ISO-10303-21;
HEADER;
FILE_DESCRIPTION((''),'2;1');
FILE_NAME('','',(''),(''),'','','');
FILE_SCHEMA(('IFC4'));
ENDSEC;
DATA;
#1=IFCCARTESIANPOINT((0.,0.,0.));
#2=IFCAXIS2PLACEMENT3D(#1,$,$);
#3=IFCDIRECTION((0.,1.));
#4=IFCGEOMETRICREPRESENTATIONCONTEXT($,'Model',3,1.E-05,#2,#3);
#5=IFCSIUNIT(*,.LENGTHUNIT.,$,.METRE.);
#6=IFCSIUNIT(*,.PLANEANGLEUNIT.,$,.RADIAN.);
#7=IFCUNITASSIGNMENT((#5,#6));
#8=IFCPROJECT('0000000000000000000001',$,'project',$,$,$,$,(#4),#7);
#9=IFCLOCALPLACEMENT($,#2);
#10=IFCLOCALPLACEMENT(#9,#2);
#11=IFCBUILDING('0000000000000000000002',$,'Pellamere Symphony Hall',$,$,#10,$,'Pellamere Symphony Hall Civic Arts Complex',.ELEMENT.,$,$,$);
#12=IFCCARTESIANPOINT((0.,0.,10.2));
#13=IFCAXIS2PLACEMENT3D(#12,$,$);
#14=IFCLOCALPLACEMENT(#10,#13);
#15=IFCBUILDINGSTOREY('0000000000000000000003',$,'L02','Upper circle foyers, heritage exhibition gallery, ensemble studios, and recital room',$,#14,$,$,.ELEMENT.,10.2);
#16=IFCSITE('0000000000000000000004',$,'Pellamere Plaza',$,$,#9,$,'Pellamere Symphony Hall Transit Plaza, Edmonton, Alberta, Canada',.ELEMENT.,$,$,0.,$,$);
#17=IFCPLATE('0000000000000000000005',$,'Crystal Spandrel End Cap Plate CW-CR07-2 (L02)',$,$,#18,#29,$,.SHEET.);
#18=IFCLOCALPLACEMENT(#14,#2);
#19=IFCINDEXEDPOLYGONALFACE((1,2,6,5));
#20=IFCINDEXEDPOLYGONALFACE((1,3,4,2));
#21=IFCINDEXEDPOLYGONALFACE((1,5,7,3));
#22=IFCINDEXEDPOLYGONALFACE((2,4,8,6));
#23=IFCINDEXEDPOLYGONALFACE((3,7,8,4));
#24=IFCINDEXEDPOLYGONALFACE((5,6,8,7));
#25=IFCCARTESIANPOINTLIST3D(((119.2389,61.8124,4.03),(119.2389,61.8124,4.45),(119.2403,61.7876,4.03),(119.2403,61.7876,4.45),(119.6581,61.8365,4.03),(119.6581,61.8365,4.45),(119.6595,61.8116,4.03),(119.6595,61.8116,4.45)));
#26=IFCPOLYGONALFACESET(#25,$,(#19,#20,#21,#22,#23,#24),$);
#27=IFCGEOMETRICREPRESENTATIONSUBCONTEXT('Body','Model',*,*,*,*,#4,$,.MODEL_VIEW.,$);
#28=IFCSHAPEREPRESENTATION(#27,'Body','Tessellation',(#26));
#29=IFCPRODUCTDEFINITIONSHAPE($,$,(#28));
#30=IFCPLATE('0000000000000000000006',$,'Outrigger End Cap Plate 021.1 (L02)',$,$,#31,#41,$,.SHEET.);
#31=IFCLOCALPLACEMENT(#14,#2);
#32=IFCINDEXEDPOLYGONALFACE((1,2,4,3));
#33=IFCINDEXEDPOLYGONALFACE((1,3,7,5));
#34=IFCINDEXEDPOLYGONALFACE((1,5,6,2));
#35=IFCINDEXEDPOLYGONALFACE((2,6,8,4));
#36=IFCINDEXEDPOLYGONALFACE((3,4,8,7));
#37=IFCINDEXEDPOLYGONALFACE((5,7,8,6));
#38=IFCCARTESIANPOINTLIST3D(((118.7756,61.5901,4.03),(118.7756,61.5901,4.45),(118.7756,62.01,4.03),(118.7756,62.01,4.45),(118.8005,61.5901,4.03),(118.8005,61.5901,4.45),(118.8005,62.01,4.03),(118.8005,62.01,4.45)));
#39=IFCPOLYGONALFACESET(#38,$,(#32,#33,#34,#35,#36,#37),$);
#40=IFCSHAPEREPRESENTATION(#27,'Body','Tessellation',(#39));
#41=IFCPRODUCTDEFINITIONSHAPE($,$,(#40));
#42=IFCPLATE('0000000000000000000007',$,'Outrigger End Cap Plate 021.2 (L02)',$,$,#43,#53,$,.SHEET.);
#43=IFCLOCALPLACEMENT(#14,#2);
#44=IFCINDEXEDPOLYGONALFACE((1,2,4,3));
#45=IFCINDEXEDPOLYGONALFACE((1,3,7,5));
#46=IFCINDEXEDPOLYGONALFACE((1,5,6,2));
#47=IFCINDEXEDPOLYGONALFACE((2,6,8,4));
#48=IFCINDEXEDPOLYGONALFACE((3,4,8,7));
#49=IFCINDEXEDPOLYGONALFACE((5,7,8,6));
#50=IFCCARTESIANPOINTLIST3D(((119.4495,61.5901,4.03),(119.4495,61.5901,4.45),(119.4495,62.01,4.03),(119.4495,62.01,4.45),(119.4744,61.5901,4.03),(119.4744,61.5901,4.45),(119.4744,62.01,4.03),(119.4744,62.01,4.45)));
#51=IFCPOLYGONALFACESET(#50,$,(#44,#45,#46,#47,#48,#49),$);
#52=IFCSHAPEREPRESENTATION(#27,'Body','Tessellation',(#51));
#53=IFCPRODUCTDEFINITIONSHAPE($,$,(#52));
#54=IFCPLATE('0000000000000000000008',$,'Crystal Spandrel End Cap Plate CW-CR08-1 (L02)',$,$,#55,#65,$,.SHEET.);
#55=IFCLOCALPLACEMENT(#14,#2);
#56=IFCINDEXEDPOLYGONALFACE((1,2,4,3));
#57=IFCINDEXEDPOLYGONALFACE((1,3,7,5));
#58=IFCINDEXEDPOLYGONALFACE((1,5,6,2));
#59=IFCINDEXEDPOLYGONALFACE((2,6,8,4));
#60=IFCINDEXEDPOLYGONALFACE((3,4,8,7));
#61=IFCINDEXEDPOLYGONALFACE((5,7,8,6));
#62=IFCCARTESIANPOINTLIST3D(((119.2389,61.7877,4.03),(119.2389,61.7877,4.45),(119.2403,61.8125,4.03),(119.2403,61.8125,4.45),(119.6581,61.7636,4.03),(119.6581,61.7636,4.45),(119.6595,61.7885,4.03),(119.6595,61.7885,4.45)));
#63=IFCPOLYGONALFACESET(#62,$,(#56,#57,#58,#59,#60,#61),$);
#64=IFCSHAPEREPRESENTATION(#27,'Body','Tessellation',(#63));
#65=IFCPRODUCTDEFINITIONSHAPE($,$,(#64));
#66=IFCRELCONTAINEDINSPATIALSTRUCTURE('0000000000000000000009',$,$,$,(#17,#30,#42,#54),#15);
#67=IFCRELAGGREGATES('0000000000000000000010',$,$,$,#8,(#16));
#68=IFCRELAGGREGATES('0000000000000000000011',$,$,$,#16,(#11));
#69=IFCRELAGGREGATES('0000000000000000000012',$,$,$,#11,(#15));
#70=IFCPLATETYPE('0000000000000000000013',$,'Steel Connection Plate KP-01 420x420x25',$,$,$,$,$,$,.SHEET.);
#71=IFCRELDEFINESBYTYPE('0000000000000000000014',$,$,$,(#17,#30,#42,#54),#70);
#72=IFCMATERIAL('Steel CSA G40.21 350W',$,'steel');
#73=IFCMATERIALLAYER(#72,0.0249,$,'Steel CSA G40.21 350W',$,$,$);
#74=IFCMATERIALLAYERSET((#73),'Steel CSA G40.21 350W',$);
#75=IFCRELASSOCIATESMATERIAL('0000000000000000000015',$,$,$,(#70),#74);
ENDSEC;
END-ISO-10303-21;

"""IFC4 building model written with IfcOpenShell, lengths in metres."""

from ifc_helpers import new_model, si_unit, direction, frame, origin, origin_2d, place, context, subcontext, project, spatial, rectangle, extrude, material, layer, layer_set, type_object, element, save


model = new_model("IFC4")

# Units and contexts
model_context = context("Model", 3, precision=1e-05, world=origin(), true_north=direction((0.0, 1.0)))
body_context = subcontext(model_context, "Body", "Model", "MODEL_VIEW")
ifc_project = project(units=[si_unit("LENGTHUNIT", "METRE"), si_unit("PLANEANGLEUNIT", "RADIAN")], contexts=[model_context])

# Site, building, storey
site_placement = place(None, origin())
site = spatial("IfcSite", under=ifc_project, at=site_placement, Name="Pellamere Plaza", LongName="Pellamere Symphony Hall Transit Plaza, Edmonton, Alberta, Canada", CompositionType="ELEMENT", RefElevation=0.0)
building_placement = place(site_placement, origin())
building = spatial("IfcBuilding", under=site, at=building_placement, Name="Pellamere Symphony Hall", LongName="Pellamere Symphony Hall Civic Arts Complex", CompositionType="ELEMENT")
storey_placement = place(building_placement, frame((0.0, 0.0, 10.2)))
storey = spatial("IfcBuildingStorey", under=building, at=storey_placement, Name="L02", Description="Upper circle foyers, heritage exhibition gallery, ensemble studios, and recital room", CompositionType="ELEMENT", Elevation=10.2)

# Shared definitions
ifc_material_1 = material(Name="Steel CSA G40.21 350W", Category="steel")

# Plates
ifc_layer_1 = layer(ifc_material_1, 0.0249, Name="Steel CSA G40.21 350W")
ifc_layer_set_1 = layer_set([ifc_layer_1], Name="Steel CSA G40.21 350W")
plate_type_1 = type_object("IfcPlateType", Name="Steel Connection Plate KP-01 420x420x25", PredefinedType="SHEET", material=ifc_layer_set_1)
for number, where, z_axis, x_axis, name in (
    (1, (119.4492, 61.812, 4.03), (0.0, 0.0, 1.0), (-0.057216, 0.998362, 0.0), "Crystal Spandrel End Cap Plate CW-CR07-2 (L02)"),
    (2, (118.7881, 61.8, 4.03), (0.0, 0.0, 1.0), (1.0, 0.0, 0.0), "Outrigger End Cap Plate 021.1 (L02)"),
    (3, (119.4619, 61.8, 4.03), (0.0, 0.0, 1.0), (1.0, 0.0, 0.0), "Outrigger End Cap Plate 021.2 (L02)"),
    (4, (119.4492, 61.7881, 4.03), (0.0, 0.0, 1.0), (0.057216, 0.998362, 0.0), "Crystal Spandrel End Cap Plate CW-CR08-1 (L02)"),
):
    element("IfcPlate", number, at=place(storey_placement, frame(where, z_axis=z_axis, x_axis=x_axis)), inside=storey, type_object=plate_type_1, Name=name, PredefinedType="SHEET", context=body_context, shape_type="SweptSolid", body=[
        extrude(rectangle(XDim=0.0249, YDim=0.4199, at=origin_2d()), origin(), (0.0, 0.0, 1.0), 0.4199),
    ])

save(model, "model.ifc")
